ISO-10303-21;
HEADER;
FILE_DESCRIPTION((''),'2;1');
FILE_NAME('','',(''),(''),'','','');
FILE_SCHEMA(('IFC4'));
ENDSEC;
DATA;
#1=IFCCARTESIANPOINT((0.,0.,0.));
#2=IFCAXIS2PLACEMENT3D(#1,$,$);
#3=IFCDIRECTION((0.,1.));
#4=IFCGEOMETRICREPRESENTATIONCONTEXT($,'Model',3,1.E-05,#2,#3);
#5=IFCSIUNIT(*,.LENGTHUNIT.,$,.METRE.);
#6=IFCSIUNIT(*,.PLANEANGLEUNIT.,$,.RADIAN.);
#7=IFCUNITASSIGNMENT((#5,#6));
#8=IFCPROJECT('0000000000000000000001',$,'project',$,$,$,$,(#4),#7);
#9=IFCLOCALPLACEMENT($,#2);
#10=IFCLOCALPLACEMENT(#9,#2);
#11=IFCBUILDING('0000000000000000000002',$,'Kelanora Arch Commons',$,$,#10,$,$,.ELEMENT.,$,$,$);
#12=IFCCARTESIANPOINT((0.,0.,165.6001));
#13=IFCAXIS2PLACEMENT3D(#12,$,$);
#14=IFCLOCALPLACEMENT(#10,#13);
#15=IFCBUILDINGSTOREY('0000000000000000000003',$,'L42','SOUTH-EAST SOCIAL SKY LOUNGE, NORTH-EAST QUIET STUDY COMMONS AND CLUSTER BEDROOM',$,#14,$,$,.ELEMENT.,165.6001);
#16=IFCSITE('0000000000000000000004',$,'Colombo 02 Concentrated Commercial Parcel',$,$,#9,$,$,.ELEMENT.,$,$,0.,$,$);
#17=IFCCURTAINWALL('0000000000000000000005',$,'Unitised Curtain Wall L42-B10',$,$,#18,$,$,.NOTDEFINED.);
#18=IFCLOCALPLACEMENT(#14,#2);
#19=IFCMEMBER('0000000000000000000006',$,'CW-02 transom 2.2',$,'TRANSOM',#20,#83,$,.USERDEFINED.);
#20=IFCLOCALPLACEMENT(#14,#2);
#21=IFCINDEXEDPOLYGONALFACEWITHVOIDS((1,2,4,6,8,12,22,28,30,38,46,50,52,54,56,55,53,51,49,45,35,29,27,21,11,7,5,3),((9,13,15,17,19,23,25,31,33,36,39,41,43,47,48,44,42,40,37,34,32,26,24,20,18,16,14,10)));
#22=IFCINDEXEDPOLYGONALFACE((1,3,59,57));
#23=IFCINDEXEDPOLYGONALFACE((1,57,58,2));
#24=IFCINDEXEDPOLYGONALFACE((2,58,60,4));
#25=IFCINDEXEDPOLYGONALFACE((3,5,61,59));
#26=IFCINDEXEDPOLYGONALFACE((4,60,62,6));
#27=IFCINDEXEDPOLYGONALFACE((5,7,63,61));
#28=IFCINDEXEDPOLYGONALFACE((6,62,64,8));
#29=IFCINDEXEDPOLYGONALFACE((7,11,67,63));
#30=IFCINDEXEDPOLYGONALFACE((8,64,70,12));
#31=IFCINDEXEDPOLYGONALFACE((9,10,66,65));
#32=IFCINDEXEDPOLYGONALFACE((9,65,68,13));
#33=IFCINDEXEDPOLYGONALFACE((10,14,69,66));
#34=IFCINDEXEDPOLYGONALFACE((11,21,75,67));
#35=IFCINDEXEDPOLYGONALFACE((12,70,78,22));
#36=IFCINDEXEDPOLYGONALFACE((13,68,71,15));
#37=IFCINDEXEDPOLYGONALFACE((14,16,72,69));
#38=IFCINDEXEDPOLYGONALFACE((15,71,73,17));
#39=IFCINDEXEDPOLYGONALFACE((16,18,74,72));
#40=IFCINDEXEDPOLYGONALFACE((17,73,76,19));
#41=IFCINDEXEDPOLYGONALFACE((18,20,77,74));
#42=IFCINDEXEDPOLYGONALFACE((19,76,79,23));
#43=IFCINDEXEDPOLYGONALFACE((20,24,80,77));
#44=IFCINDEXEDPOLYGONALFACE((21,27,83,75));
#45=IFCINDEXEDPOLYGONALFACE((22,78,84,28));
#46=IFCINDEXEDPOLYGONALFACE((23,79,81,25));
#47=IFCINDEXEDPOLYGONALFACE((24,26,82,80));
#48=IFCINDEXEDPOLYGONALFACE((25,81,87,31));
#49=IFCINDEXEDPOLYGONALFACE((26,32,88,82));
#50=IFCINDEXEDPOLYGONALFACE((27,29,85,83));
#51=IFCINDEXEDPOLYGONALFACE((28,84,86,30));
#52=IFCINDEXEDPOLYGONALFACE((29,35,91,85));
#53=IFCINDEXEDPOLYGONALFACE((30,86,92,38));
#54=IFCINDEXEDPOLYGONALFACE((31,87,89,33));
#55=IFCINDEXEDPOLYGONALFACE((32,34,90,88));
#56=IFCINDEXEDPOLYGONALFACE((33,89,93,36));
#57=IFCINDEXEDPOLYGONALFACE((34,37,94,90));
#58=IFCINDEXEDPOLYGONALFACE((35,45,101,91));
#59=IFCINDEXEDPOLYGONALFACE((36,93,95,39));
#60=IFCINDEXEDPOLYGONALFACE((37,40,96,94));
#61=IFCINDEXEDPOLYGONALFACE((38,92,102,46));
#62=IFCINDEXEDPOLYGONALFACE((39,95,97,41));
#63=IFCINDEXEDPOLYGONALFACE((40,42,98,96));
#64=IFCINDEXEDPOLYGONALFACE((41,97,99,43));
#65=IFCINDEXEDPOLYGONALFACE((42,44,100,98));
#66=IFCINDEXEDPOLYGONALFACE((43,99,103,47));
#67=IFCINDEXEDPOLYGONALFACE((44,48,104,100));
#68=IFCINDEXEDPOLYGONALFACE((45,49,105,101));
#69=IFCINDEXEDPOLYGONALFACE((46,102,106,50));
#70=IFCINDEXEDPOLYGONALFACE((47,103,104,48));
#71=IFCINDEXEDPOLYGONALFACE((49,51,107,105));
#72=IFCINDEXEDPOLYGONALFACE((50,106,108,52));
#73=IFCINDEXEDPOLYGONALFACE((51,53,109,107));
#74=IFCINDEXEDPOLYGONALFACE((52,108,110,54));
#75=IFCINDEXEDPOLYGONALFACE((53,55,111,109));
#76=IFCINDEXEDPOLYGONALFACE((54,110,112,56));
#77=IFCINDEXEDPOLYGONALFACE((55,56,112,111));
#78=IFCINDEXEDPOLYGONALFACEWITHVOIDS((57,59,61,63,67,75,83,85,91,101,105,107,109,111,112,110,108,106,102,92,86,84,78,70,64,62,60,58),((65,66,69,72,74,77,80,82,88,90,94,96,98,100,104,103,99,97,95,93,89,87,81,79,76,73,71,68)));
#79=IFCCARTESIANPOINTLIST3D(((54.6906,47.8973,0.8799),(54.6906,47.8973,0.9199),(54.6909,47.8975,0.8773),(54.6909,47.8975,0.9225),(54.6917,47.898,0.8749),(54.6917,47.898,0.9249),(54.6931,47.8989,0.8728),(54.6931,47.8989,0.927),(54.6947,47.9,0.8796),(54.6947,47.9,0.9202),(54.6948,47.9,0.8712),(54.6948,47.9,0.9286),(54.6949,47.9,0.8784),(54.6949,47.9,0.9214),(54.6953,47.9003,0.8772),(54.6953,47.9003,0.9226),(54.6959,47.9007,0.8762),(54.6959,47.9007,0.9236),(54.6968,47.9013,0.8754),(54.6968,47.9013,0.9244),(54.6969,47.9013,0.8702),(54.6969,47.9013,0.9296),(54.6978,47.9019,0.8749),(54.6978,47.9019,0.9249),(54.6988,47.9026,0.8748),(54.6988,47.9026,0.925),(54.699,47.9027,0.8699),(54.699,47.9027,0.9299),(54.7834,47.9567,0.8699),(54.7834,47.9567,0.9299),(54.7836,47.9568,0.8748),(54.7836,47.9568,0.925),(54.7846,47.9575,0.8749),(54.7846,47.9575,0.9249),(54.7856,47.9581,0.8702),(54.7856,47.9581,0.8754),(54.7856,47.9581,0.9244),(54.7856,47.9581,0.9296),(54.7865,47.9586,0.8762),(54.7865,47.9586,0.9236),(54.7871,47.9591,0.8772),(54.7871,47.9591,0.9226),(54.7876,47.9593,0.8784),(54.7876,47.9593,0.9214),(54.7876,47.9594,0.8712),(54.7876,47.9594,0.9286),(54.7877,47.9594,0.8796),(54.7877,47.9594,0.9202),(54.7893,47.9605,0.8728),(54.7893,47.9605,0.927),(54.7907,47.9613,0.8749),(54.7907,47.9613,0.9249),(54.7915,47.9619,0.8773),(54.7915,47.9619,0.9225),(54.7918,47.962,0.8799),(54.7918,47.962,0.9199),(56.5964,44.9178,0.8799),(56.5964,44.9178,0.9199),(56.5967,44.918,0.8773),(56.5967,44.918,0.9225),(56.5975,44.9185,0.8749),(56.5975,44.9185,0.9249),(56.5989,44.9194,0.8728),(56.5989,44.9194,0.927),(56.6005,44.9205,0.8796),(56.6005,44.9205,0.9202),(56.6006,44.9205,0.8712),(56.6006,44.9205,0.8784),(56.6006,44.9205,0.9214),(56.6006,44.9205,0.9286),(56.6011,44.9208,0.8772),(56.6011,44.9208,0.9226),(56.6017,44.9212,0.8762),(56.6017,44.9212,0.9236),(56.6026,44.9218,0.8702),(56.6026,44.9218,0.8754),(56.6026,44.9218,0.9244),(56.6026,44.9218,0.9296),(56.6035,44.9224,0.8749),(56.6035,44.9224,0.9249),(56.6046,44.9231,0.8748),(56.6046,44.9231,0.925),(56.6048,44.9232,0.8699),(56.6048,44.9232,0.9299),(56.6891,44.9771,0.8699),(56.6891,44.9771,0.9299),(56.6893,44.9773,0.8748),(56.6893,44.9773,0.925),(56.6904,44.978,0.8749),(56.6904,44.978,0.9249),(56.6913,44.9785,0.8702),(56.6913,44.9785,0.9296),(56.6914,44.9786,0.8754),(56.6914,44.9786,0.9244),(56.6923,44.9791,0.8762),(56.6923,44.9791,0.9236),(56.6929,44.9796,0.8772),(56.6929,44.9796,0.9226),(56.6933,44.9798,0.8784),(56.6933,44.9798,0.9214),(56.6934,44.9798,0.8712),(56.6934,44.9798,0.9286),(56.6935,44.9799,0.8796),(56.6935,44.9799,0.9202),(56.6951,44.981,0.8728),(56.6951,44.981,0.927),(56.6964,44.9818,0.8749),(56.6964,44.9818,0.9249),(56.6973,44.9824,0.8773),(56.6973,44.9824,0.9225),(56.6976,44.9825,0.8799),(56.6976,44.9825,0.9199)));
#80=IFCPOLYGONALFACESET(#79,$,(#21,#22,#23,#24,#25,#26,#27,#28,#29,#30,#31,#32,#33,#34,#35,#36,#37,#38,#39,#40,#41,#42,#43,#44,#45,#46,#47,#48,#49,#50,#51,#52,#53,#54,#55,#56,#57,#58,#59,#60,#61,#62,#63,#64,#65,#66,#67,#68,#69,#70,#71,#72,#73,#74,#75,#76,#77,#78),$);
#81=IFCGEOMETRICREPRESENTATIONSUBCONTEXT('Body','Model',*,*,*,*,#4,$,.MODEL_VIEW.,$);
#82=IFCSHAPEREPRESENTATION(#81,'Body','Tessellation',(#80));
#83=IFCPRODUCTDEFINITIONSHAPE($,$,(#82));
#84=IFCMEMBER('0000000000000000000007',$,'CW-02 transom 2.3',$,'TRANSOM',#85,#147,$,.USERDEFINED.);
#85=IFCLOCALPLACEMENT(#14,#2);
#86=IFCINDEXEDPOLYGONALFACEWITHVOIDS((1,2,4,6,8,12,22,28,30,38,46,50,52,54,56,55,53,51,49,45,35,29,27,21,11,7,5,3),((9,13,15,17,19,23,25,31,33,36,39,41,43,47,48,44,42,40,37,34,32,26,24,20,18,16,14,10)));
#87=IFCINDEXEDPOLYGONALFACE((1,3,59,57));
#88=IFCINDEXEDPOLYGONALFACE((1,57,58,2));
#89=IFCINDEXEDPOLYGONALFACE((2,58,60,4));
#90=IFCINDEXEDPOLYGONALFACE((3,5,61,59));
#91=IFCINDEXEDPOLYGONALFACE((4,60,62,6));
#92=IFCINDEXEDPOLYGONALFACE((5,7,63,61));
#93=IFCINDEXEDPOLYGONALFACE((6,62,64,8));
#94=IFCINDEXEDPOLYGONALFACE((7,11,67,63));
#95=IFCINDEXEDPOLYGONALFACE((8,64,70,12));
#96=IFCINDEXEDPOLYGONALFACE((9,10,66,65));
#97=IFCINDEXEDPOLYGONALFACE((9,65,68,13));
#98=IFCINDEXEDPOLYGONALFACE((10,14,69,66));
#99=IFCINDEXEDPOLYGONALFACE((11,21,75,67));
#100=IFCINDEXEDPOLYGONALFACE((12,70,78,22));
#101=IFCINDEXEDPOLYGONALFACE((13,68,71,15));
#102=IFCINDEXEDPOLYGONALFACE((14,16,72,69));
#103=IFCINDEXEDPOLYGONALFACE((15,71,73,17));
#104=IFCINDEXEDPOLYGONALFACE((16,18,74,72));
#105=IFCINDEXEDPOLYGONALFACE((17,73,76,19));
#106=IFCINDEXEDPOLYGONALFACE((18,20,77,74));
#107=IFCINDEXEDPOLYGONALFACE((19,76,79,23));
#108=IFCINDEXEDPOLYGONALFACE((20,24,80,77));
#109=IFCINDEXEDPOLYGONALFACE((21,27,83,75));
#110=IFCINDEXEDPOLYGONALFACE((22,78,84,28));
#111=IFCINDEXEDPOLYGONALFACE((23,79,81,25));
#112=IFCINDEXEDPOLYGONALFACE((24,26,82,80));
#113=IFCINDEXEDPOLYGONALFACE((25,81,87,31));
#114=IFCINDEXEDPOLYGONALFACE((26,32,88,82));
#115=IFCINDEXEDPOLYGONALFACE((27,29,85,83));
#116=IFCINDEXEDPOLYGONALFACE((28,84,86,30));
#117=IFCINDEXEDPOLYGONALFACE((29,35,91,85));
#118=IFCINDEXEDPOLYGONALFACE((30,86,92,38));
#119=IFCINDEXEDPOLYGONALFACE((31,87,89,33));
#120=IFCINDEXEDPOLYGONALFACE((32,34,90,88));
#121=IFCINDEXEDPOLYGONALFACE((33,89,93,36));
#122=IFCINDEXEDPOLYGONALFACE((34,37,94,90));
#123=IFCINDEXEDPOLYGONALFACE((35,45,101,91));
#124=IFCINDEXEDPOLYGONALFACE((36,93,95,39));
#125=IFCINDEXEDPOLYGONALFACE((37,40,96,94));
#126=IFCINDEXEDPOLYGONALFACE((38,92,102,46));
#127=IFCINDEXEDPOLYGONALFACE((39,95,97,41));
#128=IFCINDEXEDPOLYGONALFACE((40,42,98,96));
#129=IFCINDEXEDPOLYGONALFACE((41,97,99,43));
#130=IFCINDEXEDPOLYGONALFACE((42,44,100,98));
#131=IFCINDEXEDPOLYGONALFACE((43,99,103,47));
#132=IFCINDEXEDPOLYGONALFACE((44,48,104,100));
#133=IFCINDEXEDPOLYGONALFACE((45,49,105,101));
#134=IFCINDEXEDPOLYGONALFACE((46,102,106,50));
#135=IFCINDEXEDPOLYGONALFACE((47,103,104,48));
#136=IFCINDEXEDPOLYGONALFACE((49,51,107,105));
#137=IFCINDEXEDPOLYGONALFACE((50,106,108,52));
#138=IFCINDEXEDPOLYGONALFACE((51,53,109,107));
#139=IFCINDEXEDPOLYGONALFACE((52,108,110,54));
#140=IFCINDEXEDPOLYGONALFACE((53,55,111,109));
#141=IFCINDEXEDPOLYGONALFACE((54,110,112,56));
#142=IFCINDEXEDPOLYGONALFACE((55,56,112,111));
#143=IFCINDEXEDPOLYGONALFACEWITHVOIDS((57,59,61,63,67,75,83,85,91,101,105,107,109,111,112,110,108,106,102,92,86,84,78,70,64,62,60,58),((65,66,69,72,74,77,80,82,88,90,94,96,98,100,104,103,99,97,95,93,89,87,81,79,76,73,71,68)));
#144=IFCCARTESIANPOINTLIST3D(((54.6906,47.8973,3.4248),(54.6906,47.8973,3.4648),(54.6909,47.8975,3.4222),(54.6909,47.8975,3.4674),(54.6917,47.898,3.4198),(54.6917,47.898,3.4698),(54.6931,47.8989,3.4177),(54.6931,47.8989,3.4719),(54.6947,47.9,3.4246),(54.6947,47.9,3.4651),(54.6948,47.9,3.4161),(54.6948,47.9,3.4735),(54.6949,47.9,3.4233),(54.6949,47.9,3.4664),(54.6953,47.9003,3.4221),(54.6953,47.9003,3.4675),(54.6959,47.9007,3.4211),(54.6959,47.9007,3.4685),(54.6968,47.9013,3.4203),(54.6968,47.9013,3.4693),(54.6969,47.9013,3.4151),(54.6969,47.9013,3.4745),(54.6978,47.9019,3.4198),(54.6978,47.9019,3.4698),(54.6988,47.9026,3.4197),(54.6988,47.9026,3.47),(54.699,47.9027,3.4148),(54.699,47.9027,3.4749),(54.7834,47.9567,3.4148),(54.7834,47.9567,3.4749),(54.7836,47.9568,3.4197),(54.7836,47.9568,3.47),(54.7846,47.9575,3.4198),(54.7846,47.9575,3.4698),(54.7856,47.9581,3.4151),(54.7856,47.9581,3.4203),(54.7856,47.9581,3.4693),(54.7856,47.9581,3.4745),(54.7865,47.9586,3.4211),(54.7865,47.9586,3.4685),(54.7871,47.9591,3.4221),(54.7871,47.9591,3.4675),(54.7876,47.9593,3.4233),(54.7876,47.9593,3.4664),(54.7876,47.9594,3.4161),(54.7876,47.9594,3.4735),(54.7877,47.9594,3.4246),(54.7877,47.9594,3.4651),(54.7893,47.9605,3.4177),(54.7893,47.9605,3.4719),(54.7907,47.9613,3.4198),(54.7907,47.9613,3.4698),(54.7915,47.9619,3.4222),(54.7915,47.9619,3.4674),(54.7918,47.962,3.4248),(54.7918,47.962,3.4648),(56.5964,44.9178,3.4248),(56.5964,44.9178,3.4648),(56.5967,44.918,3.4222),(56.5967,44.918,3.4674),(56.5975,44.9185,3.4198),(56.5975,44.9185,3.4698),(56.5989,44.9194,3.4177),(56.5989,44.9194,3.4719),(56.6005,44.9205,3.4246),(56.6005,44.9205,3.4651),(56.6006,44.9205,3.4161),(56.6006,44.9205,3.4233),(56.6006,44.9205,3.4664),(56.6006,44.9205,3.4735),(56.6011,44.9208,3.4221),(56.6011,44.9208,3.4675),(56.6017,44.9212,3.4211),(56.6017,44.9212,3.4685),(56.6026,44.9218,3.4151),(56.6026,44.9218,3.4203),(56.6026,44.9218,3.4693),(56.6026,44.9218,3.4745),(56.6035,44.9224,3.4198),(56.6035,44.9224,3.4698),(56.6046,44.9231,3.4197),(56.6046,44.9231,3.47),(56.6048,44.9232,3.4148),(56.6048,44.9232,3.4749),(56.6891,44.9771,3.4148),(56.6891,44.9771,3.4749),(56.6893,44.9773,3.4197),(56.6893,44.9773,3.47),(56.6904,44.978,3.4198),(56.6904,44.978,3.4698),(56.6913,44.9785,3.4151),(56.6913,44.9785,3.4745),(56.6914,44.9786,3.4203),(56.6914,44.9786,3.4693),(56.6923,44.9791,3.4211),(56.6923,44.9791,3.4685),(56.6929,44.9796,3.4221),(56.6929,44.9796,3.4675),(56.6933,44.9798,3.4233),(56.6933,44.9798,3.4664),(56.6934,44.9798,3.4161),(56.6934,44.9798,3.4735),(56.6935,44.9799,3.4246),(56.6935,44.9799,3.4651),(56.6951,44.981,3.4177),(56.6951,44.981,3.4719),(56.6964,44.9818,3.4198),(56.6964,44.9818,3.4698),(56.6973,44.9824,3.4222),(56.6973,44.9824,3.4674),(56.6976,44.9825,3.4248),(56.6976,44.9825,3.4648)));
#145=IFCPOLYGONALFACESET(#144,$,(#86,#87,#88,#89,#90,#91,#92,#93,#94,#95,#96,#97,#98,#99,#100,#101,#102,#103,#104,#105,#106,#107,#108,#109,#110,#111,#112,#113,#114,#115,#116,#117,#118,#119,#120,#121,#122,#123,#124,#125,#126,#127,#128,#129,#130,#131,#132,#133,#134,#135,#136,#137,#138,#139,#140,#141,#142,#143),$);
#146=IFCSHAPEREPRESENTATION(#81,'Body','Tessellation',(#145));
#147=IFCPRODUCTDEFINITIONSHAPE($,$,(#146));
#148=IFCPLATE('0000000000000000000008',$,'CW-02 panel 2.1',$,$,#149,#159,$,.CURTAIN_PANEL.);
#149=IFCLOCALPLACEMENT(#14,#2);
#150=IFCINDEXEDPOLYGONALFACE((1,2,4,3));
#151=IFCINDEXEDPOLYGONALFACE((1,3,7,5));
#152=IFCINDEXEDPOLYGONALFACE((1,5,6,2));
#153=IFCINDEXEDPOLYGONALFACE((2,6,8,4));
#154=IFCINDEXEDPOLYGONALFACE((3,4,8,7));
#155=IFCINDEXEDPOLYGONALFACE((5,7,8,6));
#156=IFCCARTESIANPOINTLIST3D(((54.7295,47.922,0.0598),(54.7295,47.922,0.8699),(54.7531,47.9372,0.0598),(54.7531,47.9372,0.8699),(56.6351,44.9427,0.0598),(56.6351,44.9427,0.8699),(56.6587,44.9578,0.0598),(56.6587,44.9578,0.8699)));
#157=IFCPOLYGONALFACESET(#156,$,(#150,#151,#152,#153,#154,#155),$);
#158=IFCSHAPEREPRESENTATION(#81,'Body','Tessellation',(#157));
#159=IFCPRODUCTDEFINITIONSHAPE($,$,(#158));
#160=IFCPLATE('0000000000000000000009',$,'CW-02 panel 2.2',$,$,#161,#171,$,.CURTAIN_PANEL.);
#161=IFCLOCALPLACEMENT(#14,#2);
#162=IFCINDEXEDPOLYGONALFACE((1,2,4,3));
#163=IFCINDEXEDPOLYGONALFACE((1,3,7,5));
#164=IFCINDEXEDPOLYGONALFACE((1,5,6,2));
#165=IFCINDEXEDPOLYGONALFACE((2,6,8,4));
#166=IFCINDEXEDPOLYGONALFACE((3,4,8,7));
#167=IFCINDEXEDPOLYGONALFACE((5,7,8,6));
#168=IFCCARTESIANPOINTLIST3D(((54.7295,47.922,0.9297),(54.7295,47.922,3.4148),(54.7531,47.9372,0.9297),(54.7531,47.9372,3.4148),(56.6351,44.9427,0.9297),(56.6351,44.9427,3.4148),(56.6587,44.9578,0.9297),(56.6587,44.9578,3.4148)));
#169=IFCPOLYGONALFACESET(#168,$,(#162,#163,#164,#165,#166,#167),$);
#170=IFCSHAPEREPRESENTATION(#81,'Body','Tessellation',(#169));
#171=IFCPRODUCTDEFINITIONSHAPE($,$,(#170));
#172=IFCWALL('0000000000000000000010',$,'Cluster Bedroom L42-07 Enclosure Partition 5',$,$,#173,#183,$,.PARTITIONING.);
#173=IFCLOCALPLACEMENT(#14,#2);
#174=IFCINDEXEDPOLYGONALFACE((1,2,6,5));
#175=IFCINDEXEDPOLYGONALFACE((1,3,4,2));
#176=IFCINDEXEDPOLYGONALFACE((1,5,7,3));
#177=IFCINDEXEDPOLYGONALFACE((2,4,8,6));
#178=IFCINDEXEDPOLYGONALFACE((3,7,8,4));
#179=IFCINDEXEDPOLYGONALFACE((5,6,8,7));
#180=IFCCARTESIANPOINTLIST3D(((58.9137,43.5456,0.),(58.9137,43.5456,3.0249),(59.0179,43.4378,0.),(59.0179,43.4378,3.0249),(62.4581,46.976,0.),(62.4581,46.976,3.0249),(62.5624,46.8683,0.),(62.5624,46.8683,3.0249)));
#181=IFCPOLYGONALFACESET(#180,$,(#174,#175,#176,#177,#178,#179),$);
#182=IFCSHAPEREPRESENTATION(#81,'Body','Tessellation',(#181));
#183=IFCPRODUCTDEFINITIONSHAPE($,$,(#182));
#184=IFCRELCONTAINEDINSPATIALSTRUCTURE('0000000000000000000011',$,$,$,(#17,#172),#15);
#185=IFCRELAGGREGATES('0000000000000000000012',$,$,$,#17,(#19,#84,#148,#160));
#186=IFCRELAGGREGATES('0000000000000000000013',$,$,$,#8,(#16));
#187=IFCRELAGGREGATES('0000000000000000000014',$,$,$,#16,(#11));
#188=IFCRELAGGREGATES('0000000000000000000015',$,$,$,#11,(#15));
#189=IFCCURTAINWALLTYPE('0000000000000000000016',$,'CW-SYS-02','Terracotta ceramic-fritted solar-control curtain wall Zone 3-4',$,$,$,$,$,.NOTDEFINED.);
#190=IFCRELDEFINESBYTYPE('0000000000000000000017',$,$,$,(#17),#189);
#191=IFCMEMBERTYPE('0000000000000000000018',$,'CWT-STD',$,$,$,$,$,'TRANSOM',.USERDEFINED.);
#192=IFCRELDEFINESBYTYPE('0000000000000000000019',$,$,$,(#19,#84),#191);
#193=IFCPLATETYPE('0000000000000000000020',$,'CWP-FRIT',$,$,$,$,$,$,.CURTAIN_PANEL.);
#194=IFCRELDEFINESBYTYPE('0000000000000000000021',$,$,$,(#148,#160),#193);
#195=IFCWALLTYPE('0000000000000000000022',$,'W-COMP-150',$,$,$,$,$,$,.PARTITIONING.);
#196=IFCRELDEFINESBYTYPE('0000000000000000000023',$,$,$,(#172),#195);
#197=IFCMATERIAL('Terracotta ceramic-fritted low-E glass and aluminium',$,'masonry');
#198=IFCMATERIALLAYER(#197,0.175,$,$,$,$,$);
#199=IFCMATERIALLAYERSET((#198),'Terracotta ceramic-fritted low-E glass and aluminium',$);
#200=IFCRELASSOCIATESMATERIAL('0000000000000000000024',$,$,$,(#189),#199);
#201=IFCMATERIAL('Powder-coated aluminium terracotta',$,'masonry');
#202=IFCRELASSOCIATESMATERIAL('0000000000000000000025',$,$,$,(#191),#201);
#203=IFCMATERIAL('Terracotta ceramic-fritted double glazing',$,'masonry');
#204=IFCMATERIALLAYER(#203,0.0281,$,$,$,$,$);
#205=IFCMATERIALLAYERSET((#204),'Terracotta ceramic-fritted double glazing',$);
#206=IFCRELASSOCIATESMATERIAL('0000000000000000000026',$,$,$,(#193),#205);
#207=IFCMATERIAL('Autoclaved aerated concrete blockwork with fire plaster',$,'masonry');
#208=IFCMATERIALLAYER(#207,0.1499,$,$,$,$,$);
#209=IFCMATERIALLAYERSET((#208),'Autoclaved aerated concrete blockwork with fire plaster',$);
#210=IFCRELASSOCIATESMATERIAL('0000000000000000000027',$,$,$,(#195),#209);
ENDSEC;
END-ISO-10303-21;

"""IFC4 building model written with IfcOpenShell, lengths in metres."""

from ifc_helpers import new_model, si_unit, direction, frame, frame_2d, origin, origin_2d, place, context, subcontext, project, spatial, rectangle, hollow_rectangle, extrude, source, transform, mapped, material, layer, layer_set, material_profile, profile_set, type_object, element, aggregate, save


model = new_model("IFC4")

# Units and contexts
model_context = context("Model", 3, precision=1e-05, world=origin(), true_north=direction((0.0, 1.0)))
body_context = subcontext(model_context, "Body", "Model", "MODEL_VIEW")
ifc_project = project(units=[si_unit("LENGTHUNIT", "METRE"), si_unit("PLANEANGLEUNIT", "RADIAN")], contexts=[model_context])

# Site, building, storey
site_placement = place(None, origin())
site = spatial("IfcSite", under=ifc_project, at=site_placement, Name="Colombo 02 Concentrated Commercial Parcel", CompositionType="ELEMENT", RefElevation=0.0)
building_placement = place(site_placement, origin())
building = spatial("IfcBuilding", under=site, at=building_placement, Name="Kelanora Arch Commons", CompositionType="ELEMENT")
storey_placement = place(building_placement, frame((0.0, 0.0, 165.6001)))
storey = spatial("IfcBuildingStorey", under=building, at=storey_placement, Name="L42", Description="SOUTH-EAST SOCIAL SKY LOUNGE, NORTH-EAST QUIET STUDY COMMONS AND CLUSTER BEDROOM", CompositionType="ELEMENT", Elevation=165.6001)

# Curtain wall, members, plates
ifc_material_1 = material(Name="Terracotta ceramic-fritted low-E glass and aluminium", Category="masonry")
ifc_layer_1 = layer(ifc_material_1, 0.175)
ifc_layer_set_1 = layer_set([ifc_layer_1], Name="Terracotta ceramic-fritted low-E glass and aluminium")
curtain_wall_type = type_object("IfcCurtainWallType", Name="CW-SYS-02", Description="Terracotta ceramic-fritted solar-control curtain wall Zone 3-4", PredefinedType="NOTDEFINED", material=ifc_layer_set_1)
curtain_wall_placement = place(storey_placement, origin())
curtain_wall = element("IfcCurtainWall", 1, at=curtain_wall_placement, inside=storey, type_object=curtain_wall_type, Name="Unitised Curtain Wall L42-B10", PredefinedType="NOTDEFINED")
ifc_material_2 = material(Name="Powder-coated aluminium terracotta", Category="masonry")
ifc_material_profile_1 = material_profile(ifc_material_2, hollow_rectangle(XDim=0.1201, YDim=0.0601, WallThickness=0.0049, InnerFilletRadius=0.0049, OuterFilletRadius=0.01, at=origin_2d()), Name="CWT120x60")
ifc_profile_set_1 = profile_set([ifc_material_profile_1], Name="Powder-coated aluminium terracotta")
member_type_1 = type_object("IfcMemberType", Name="CWT-STD", ElementType="TRANSOM", PredefinedType="USERDEFINED", material=ifc_profile_set_1)
member_1_placement = place(storey_placement, frame((54.7412, 47.9297, 0.8999), z_axis=(0.53883, -0.842414, 0.0), x_axis=(0.842414, 0.53883, 0.0)))
member_1 = element("IfcMember", 2, at=member_1_placement, type_object=member_type_1, Name="CW-02 transom 2.2", ObjectType="TRANSOM", PredefinedType="USERDEFINED", context=body_context, shape_type="SweptSolid", body=[
    extrude(hollow_rectangle(XDim=0.1201, YDim=0.0601, WallThickness=0.0049, InnerFilletRadius=0.0049, OuterFilletRadius=0.01, at=origin_2d()), origin(), (0.0, 0.0, 1.0), 3.5369),
])
member_2_placement = place(storey_placement, frame((54.7412, 47.9297, 3.4448), z_axis=(0.53883, -0.842414, 0.0), x_axis=(0.842414, 0.53883, 0.0)))
member_2 = element("IfcMember", 3, at=member_2_placement, type_object=member_type_1, Name="CW-02 transom 2.3", ObjectType="TRANSOM", PredefinedType="USERDEFINED", context=body_context, shape_type="SweptSolid", body=[
    extrude(hollow_rectangle(XDim=0.1201, YDim=0.0601, WallThickness=0.0049, InnerFilletRadius=0.0049, OuterFilletRadius=0.01, at=origin_2d()), origin(), (0.0, 0.0, 1.0), 3.5369),
])
ifc_material_3 = material(Name="Terracotta ceramic-fritted double glazing", Category="masonry")
ifc_layer_2 = layer(ifc_material_3, 0.0281)
ifc_layer_set_2 = layer_set([ifc_layer_2], Name="Terracotta ceramic-fritted double glazing")
plate_type = type_object("IfcPlateType", Name="CWP-FRIT", PredefinedType="CURTAIN_PANEL", material=ifc_layer_set_2)
shared_shape_1 = source(origin(), body_context, "Body", "SweptSolid", [
    extrude(rectangle(XDim=3.5366, YDim=0.0281, at=origin_2d()), origin(), (0.0, 0.0, 1.0), 0.8101),
])
plate_1_placement = place(storey_placement, frame((55.6941, 46.4399, 0.0598), z_axis=(0.0, 0.0, 1.0), x_axis=(0.538817, -0.842423, 0.0)))
plate_1 = element("IfcPlate", 4, at=plate_1_placement, type_object=plate_type, Name="CW-02 panel 2.1", PredefinedType="CURTAIN_PANEL", context=body_context, shape_type="MappedRepresentation", body=[
    mapped(shared_shape_1, transform((0.0, 0.0, 0.0), scale=1.0)),
])
shared_shape_2 = source(origin(), body_context, "Body", "SweptSolid", [
    extrude(rectangle(XDim=3.5366, YDim=0.0281, at=origin_2d()), origin(), (0.0, 0.0, 1.0), 2.4851),
])
plate_2_placement = place(storey_placement, frame((55.6941, 46.4399, 0.9297), z_axis=(0.0, 0.0, 1.0), x_axis=(0.538817, -0.842423, 0.0)))
plate_2 = element("IfcPlate", 5, at=plate_2_placement, type_object=plate_type, Name="CW-02 panel 2.2", PredefinedType="CURTAIN_PANEL", context=body_context, shape_type="MappedRepresentation", body=[
    mapped(shared_shape_2, transform((0.0, 0.0, 0.0), scale=1.0)),
])
aggregate(curtain_wall, [member_1, member_2, plate_1, plate_2])

# Wall
ifc_material_4 = material(Name="Autoclaved aerated concrete blockwork with fire plaster", Category="masonry")
ifc_layer_3 = layer(ifc_material_4, 0.1499)
ifc_layer_set_3 = layer_set([ifc_layer_3], Name="Autoclaved aerated concrete blockwork with fire plaster")
wall_type_1 = type_object("IfcWallType", Name="W-COMP-150", PredefinedType="PARTITIONING", material=ifc_layer_set_3)
wall_1_placement = place(storey_placement, frame((58.9658, 43.4917, 0.0), z_axis=(0.0, 0.0, 1.0), x_axis=(0.718569, 0.695455, 0.0)))
element("IfcWall", 6, at=wall_1_placement, inside=storey, type_object=wall_type_1, Name="Cluster Bedroom L42-07 Enclosure Partition 5", PredefinedType="PARTITIONING", context=body_context, shape_type="SweptSolid", body=[
    extrude(rectangle(XDim=4.9326, YDim=0.1499, at=frame_2d((2.4663, 0.0))), origin(), (0.0, 0.0, 1.0), 3.0249),
])

save(model, "model.ifc")
